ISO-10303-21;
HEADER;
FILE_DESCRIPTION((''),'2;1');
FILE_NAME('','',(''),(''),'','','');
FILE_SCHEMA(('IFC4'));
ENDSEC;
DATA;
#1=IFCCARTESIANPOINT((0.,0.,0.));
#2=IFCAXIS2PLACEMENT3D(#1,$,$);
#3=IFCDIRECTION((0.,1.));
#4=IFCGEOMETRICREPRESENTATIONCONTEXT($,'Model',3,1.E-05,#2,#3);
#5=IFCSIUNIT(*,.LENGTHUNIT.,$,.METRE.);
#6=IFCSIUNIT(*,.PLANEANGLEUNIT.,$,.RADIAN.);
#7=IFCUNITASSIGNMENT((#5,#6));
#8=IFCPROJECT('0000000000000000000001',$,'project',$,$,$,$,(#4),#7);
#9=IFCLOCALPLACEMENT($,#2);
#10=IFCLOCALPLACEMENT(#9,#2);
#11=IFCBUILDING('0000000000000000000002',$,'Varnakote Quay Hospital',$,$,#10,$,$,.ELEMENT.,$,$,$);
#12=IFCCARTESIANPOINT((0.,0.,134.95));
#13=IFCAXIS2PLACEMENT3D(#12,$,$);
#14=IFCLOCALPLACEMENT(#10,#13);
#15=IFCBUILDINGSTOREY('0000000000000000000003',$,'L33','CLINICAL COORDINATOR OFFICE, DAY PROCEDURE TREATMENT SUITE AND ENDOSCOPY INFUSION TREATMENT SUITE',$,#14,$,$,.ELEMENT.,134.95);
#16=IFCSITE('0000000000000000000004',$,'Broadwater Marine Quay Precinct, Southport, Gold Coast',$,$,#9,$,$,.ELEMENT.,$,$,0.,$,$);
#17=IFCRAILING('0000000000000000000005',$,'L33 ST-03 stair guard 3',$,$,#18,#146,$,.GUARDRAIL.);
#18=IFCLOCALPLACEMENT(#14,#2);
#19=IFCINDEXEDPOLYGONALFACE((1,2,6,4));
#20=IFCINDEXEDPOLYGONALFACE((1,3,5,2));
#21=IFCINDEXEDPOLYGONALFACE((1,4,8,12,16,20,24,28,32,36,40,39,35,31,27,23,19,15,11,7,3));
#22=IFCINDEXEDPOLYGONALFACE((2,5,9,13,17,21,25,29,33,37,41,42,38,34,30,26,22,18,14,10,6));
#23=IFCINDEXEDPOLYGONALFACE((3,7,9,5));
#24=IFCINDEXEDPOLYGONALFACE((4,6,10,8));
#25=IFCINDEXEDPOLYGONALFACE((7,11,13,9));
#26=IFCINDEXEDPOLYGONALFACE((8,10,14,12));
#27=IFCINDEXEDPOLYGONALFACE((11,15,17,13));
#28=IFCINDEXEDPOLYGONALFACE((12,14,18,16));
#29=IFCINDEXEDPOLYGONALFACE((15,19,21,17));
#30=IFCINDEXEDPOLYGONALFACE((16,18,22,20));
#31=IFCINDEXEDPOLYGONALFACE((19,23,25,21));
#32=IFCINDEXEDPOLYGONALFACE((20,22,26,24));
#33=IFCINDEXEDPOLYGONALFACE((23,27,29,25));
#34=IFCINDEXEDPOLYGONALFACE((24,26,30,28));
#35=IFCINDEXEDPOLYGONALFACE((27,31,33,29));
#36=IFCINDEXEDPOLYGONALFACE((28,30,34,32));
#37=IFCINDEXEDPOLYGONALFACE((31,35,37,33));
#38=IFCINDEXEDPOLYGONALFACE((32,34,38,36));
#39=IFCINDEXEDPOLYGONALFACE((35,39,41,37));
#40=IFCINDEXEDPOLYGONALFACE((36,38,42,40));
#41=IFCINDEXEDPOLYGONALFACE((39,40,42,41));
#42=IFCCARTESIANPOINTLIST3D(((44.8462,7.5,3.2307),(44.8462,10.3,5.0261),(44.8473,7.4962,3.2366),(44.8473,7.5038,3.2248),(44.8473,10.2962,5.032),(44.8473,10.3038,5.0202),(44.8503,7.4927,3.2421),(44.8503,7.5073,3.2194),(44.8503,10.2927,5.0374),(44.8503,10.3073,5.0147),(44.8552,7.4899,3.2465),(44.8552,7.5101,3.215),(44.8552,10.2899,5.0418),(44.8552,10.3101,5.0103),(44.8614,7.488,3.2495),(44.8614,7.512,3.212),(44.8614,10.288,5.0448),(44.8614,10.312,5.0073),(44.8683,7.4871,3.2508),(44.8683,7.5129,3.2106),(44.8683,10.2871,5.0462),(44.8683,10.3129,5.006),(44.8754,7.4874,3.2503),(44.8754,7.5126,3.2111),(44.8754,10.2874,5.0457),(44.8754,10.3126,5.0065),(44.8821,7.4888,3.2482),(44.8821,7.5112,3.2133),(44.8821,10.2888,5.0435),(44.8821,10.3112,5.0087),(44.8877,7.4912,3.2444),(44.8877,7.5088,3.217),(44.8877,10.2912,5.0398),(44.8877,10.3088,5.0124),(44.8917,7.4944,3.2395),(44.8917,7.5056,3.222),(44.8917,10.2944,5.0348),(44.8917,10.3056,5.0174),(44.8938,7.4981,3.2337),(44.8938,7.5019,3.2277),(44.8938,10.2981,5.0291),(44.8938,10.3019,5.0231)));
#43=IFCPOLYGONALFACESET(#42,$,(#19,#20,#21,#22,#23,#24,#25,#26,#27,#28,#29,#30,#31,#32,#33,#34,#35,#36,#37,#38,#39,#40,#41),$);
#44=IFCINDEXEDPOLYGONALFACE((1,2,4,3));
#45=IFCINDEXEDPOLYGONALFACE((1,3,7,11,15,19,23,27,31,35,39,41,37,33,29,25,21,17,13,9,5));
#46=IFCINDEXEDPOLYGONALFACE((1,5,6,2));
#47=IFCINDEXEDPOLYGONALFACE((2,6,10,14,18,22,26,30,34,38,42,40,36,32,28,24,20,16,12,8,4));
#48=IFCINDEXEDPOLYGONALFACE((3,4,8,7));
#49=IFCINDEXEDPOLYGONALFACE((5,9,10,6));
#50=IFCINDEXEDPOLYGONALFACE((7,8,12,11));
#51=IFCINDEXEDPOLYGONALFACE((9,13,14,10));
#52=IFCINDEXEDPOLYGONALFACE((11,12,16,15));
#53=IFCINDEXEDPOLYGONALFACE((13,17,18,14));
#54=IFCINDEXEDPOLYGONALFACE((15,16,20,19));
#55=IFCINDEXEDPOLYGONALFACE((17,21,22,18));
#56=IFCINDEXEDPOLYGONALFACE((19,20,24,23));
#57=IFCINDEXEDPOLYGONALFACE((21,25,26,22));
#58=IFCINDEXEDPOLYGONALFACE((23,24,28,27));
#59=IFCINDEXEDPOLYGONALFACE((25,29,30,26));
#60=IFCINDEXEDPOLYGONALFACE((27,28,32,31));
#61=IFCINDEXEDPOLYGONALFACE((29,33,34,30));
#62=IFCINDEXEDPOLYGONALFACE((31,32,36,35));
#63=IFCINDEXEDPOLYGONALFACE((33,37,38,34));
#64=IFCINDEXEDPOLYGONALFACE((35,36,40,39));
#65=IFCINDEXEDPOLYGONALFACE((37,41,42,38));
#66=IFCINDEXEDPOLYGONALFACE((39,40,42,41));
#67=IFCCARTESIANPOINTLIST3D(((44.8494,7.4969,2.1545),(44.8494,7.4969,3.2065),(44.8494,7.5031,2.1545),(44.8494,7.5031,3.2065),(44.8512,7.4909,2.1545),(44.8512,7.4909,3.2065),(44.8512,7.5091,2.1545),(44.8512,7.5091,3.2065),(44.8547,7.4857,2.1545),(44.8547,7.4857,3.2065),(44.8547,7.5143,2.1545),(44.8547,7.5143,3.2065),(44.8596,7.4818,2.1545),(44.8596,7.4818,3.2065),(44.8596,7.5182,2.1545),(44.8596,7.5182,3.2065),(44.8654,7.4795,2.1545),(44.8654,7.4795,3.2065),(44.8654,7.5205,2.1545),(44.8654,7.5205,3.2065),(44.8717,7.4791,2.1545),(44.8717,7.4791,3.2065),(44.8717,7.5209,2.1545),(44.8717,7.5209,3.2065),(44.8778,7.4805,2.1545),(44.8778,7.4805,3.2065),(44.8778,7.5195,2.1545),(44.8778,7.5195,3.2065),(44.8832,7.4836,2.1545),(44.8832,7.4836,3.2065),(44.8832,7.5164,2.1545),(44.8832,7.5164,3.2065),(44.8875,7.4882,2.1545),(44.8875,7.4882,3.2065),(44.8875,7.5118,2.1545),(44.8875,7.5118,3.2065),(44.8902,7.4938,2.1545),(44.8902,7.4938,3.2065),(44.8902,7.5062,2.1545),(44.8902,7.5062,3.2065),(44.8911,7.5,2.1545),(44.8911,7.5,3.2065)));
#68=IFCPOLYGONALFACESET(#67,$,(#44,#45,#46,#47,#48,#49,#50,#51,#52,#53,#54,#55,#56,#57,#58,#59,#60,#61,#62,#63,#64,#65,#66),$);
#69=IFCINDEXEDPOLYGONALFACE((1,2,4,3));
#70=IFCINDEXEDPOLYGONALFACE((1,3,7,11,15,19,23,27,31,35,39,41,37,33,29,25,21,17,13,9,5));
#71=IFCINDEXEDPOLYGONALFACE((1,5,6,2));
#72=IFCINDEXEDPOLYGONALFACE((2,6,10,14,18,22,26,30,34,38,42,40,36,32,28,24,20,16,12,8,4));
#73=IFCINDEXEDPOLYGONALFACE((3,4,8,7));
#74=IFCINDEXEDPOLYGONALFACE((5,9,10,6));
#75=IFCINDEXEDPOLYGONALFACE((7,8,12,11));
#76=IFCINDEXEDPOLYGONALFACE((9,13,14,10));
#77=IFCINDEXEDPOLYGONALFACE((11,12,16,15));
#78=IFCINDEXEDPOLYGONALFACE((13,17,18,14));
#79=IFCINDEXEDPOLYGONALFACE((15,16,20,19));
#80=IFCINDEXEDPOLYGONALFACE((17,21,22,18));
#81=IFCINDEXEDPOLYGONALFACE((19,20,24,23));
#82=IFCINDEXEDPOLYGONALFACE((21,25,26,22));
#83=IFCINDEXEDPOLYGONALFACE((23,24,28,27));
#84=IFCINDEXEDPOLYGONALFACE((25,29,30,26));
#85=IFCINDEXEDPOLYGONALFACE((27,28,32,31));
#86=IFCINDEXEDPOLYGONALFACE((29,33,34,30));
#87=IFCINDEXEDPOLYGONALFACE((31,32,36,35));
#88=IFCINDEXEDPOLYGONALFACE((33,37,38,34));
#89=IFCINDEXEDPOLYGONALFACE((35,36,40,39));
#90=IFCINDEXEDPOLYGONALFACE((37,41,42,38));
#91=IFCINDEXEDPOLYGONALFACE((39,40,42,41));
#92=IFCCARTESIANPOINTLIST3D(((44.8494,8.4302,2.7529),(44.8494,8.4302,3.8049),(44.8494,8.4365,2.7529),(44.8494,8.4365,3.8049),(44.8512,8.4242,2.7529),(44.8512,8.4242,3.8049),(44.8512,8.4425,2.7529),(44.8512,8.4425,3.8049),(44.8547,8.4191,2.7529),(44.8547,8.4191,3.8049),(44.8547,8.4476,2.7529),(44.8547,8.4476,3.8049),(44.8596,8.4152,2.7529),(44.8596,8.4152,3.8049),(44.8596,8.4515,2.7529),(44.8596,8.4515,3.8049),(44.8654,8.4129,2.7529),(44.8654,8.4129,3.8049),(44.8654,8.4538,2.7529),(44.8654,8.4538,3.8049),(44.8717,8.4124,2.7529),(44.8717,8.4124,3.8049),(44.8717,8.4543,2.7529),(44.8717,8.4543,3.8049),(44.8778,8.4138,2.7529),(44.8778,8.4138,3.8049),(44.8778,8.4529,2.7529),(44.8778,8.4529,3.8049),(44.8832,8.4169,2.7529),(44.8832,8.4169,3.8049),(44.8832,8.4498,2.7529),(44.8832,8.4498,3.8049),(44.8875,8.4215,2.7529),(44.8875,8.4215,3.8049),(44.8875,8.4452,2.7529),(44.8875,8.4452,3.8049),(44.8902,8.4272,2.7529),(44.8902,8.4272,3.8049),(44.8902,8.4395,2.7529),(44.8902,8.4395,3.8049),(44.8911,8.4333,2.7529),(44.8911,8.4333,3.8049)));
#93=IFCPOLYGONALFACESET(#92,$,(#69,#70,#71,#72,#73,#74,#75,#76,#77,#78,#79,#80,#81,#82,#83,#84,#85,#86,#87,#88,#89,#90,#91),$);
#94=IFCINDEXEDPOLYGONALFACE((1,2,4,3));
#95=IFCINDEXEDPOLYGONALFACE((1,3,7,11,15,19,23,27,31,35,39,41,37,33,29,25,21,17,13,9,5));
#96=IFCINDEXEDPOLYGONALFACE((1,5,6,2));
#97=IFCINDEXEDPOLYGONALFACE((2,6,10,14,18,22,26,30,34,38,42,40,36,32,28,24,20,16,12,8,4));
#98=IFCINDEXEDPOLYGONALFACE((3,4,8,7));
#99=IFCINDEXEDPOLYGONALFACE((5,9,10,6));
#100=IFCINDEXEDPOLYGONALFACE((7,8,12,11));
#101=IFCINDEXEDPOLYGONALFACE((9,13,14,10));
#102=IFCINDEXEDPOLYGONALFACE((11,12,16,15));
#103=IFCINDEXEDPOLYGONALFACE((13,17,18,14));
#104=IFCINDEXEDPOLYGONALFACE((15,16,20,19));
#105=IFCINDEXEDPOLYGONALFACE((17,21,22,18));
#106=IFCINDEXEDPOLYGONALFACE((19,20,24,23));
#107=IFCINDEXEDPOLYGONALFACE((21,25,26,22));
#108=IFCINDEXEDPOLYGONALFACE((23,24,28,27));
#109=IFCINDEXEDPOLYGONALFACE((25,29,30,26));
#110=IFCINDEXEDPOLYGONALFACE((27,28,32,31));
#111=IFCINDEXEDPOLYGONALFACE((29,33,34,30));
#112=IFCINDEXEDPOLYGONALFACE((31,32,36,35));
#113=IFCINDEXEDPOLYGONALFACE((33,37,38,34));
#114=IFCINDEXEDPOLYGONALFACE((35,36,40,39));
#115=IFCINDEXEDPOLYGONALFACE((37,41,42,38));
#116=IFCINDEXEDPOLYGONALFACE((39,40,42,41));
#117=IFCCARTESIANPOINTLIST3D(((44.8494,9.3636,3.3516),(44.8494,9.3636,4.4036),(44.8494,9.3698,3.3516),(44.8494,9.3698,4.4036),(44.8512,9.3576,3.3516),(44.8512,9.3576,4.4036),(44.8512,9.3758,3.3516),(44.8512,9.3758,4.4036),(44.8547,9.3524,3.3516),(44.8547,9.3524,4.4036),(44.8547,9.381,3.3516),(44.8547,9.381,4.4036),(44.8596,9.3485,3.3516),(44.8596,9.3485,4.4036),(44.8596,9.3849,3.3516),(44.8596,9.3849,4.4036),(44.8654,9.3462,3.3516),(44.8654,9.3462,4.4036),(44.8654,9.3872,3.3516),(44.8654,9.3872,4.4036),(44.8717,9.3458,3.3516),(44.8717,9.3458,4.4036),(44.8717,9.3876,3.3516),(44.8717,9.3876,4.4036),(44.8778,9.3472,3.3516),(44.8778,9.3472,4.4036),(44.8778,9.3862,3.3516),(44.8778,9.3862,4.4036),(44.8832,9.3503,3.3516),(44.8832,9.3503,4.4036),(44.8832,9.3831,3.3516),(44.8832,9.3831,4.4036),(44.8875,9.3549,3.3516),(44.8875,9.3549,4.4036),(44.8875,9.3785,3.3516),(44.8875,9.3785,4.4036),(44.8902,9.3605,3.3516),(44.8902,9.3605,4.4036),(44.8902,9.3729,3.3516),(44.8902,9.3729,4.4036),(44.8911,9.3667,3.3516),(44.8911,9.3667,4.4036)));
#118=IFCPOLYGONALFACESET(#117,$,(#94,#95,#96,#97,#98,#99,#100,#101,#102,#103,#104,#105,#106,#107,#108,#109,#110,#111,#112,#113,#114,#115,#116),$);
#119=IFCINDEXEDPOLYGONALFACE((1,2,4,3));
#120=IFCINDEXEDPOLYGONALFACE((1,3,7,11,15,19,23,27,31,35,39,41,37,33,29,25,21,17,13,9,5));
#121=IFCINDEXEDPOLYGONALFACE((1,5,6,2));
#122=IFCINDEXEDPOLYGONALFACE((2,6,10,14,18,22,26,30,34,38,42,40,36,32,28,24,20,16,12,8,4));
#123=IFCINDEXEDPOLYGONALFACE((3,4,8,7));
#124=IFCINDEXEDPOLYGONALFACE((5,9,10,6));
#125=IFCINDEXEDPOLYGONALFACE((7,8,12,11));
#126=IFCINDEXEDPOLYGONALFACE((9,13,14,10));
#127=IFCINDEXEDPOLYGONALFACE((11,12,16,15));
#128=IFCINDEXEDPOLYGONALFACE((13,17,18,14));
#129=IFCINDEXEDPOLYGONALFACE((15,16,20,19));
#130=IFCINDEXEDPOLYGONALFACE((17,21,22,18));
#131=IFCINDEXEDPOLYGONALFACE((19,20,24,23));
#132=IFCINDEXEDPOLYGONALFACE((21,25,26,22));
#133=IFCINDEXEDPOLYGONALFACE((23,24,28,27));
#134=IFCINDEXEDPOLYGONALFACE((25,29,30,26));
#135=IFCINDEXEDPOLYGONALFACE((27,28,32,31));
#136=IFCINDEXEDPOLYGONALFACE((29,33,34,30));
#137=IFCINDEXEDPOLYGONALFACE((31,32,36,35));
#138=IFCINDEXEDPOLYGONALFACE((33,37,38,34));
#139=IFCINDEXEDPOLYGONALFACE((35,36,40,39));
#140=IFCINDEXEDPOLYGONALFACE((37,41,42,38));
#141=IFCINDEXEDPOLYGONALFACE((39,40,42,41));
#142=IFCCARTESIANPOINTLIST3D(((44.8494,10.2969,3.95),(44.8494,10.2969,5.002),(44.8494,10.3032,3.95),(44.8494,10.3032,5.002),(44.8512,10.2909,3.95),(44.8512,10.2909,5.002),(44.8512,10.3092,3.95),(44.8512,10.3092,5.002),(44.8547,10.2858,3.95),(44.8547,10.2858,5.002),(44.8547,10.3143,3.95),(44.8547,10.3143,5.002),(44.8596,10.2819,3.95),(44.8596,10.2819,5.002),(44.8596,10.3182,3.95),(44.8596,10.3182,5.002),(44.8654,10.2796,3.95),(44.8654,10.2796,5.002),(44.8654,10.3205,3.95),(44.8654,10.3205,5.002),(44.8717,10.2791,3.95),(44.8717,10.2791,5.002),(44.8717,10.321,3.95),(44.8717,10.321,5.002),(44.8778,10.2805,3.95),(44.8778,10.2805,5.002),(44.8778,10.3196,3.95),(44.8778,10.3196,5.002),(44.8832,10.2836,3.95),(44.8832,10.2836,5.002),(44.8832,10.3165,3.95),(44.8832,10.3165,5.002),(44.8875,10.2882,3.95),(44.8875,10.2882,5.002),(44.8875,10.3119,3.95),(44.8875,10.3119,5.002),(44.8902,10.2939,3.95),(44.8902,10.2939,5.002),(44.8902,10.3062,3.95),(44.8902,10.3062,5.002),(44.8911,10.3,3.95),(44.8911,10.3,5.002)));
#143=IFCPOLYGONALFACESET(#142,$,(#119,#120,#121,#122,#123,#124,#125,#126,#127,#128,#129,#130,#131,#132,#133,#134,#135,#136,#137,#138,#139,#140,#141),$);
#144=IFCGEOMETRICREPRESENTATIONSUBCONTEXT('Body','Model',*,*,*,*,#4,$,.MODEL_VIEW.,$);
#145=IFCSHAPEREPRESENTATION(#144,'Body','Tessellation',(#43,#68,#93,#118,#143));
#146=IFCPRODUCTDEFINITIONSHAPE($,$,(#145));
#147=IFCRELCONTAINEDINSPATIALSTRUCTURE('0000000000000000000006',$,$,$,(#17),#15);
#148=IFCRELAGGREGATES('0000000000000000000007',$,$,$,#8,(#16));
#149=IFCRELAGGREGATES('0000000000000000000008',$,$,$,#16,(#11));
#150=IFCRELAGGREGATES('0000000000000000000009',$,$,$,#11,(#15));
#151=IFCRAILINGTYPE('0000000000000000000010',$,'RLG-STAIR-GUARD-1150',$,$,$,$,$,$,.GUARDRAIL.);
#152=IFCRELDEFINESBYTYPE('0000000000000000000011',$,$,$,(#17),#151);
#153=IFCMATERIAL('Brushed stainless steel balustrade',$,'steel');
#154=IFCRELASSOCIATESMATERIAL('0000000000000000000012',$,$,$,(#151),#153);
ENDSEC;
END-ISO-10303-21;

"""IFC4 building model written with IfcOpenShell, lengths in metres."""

from ifc_helpers import new_model, si_unit, direction, frame, origin, origin_2d, place, context, subcontext, project, spatial, circle, extrude, material, type_object, element, save


model = new_model("IFC4")

# Units and contexts
model_context = context("Model", 3, precision=1e-05, world=origin(), true_north=direction((0.0, 1.0)))
body_context = subcontext(model_context, "Body", "Model", "MODEL_VIEW")
ifc_project = project(units=[si_unit("LENGTHUNIT", "METRE"), si_unit("PLANEANGLEUNIT", "RADIAN")], contexts=[model_context])

# Site, building, storey
site_placement = place(None, origin())
site = spatial("IfcSite", under=ifc_project, at=site_placement, Name="Broadwater Marine Quay Precinct, Southport, Gold Coast", CompositionType="ELEMENT", RefElevation=0.0)
building_placement = place(site_placement, origin())
building = spatial("IfcBuilding", under=site, at=building_placement, Name="Varnakote Quay Hospital", CompositionType="ELEMENT")
storey_placement = place(building_placement, frame((0.0, 0.0, 134.95)))
storey = spatial("IfcBuildingStorey", under=building, at=storey_placement, Name="L33", Description="CLINICAL COORDINATOR OFFICE, DAY PROCEDURE TREATMENT SUITE AND ENDOSCOPY INFUSION TREATMENT SUITE", CompositionType="ELEMENT", Elevation=134.95)

# Railing
ifc_material_1 = material(Name="Brushed stainless steel balustrade", Category="steel")
railing_type_1 = type_object("IfcRailingType", Name="RLG-STAIR-GUARD-1150", PredefinedType="GUARDRAIL", material=ifc_material_1)
railing_1_placement = place(storey_placement, frame((44.8701, 7.5, 2.1545)))
element("IfcRailing", 1, at=railing_1_placement, inside=storey, type_object=railing_type_1, Name="L33 ST-03 stair guard 3", PredefinedType="GUARDRAIL", context=body_context, shape_type="SweptSolid", body=[
    extrude(circle(Radius=0.0239, at=origin_2d()), frame((0.0, 0.0, 1.0762), z_axis=(0.0, 0.84181, 0.539774), x_axis=(-1.0, 0.0, 0.0)), (0.0, 0.0, 1.0), 3.3262),
    extrude(circle(Radius=0.021, at=origin_2d()), origin(), (0.0, 0.0, 1.0), 1.052),
    extrude(circle(Radius=0.021, at=origin_2d()), frame((0.0, 0.9333, 0.5984)), (0.0, 0.0, 1.0), 1.052),
    extrude(circle(Radius=0.021, at=origin_2d()), frame((0.0, 1.8667, 1.197)), (0.0, 0.0, 1.0), 1.052),
    extrude(circle(Radius=0.021, at=origin_2d()), frame((0.0, 2.8, 1.7954)), (0.0, 0.0, 1.0), 1.052),
])

save(model, "model.ifc")
